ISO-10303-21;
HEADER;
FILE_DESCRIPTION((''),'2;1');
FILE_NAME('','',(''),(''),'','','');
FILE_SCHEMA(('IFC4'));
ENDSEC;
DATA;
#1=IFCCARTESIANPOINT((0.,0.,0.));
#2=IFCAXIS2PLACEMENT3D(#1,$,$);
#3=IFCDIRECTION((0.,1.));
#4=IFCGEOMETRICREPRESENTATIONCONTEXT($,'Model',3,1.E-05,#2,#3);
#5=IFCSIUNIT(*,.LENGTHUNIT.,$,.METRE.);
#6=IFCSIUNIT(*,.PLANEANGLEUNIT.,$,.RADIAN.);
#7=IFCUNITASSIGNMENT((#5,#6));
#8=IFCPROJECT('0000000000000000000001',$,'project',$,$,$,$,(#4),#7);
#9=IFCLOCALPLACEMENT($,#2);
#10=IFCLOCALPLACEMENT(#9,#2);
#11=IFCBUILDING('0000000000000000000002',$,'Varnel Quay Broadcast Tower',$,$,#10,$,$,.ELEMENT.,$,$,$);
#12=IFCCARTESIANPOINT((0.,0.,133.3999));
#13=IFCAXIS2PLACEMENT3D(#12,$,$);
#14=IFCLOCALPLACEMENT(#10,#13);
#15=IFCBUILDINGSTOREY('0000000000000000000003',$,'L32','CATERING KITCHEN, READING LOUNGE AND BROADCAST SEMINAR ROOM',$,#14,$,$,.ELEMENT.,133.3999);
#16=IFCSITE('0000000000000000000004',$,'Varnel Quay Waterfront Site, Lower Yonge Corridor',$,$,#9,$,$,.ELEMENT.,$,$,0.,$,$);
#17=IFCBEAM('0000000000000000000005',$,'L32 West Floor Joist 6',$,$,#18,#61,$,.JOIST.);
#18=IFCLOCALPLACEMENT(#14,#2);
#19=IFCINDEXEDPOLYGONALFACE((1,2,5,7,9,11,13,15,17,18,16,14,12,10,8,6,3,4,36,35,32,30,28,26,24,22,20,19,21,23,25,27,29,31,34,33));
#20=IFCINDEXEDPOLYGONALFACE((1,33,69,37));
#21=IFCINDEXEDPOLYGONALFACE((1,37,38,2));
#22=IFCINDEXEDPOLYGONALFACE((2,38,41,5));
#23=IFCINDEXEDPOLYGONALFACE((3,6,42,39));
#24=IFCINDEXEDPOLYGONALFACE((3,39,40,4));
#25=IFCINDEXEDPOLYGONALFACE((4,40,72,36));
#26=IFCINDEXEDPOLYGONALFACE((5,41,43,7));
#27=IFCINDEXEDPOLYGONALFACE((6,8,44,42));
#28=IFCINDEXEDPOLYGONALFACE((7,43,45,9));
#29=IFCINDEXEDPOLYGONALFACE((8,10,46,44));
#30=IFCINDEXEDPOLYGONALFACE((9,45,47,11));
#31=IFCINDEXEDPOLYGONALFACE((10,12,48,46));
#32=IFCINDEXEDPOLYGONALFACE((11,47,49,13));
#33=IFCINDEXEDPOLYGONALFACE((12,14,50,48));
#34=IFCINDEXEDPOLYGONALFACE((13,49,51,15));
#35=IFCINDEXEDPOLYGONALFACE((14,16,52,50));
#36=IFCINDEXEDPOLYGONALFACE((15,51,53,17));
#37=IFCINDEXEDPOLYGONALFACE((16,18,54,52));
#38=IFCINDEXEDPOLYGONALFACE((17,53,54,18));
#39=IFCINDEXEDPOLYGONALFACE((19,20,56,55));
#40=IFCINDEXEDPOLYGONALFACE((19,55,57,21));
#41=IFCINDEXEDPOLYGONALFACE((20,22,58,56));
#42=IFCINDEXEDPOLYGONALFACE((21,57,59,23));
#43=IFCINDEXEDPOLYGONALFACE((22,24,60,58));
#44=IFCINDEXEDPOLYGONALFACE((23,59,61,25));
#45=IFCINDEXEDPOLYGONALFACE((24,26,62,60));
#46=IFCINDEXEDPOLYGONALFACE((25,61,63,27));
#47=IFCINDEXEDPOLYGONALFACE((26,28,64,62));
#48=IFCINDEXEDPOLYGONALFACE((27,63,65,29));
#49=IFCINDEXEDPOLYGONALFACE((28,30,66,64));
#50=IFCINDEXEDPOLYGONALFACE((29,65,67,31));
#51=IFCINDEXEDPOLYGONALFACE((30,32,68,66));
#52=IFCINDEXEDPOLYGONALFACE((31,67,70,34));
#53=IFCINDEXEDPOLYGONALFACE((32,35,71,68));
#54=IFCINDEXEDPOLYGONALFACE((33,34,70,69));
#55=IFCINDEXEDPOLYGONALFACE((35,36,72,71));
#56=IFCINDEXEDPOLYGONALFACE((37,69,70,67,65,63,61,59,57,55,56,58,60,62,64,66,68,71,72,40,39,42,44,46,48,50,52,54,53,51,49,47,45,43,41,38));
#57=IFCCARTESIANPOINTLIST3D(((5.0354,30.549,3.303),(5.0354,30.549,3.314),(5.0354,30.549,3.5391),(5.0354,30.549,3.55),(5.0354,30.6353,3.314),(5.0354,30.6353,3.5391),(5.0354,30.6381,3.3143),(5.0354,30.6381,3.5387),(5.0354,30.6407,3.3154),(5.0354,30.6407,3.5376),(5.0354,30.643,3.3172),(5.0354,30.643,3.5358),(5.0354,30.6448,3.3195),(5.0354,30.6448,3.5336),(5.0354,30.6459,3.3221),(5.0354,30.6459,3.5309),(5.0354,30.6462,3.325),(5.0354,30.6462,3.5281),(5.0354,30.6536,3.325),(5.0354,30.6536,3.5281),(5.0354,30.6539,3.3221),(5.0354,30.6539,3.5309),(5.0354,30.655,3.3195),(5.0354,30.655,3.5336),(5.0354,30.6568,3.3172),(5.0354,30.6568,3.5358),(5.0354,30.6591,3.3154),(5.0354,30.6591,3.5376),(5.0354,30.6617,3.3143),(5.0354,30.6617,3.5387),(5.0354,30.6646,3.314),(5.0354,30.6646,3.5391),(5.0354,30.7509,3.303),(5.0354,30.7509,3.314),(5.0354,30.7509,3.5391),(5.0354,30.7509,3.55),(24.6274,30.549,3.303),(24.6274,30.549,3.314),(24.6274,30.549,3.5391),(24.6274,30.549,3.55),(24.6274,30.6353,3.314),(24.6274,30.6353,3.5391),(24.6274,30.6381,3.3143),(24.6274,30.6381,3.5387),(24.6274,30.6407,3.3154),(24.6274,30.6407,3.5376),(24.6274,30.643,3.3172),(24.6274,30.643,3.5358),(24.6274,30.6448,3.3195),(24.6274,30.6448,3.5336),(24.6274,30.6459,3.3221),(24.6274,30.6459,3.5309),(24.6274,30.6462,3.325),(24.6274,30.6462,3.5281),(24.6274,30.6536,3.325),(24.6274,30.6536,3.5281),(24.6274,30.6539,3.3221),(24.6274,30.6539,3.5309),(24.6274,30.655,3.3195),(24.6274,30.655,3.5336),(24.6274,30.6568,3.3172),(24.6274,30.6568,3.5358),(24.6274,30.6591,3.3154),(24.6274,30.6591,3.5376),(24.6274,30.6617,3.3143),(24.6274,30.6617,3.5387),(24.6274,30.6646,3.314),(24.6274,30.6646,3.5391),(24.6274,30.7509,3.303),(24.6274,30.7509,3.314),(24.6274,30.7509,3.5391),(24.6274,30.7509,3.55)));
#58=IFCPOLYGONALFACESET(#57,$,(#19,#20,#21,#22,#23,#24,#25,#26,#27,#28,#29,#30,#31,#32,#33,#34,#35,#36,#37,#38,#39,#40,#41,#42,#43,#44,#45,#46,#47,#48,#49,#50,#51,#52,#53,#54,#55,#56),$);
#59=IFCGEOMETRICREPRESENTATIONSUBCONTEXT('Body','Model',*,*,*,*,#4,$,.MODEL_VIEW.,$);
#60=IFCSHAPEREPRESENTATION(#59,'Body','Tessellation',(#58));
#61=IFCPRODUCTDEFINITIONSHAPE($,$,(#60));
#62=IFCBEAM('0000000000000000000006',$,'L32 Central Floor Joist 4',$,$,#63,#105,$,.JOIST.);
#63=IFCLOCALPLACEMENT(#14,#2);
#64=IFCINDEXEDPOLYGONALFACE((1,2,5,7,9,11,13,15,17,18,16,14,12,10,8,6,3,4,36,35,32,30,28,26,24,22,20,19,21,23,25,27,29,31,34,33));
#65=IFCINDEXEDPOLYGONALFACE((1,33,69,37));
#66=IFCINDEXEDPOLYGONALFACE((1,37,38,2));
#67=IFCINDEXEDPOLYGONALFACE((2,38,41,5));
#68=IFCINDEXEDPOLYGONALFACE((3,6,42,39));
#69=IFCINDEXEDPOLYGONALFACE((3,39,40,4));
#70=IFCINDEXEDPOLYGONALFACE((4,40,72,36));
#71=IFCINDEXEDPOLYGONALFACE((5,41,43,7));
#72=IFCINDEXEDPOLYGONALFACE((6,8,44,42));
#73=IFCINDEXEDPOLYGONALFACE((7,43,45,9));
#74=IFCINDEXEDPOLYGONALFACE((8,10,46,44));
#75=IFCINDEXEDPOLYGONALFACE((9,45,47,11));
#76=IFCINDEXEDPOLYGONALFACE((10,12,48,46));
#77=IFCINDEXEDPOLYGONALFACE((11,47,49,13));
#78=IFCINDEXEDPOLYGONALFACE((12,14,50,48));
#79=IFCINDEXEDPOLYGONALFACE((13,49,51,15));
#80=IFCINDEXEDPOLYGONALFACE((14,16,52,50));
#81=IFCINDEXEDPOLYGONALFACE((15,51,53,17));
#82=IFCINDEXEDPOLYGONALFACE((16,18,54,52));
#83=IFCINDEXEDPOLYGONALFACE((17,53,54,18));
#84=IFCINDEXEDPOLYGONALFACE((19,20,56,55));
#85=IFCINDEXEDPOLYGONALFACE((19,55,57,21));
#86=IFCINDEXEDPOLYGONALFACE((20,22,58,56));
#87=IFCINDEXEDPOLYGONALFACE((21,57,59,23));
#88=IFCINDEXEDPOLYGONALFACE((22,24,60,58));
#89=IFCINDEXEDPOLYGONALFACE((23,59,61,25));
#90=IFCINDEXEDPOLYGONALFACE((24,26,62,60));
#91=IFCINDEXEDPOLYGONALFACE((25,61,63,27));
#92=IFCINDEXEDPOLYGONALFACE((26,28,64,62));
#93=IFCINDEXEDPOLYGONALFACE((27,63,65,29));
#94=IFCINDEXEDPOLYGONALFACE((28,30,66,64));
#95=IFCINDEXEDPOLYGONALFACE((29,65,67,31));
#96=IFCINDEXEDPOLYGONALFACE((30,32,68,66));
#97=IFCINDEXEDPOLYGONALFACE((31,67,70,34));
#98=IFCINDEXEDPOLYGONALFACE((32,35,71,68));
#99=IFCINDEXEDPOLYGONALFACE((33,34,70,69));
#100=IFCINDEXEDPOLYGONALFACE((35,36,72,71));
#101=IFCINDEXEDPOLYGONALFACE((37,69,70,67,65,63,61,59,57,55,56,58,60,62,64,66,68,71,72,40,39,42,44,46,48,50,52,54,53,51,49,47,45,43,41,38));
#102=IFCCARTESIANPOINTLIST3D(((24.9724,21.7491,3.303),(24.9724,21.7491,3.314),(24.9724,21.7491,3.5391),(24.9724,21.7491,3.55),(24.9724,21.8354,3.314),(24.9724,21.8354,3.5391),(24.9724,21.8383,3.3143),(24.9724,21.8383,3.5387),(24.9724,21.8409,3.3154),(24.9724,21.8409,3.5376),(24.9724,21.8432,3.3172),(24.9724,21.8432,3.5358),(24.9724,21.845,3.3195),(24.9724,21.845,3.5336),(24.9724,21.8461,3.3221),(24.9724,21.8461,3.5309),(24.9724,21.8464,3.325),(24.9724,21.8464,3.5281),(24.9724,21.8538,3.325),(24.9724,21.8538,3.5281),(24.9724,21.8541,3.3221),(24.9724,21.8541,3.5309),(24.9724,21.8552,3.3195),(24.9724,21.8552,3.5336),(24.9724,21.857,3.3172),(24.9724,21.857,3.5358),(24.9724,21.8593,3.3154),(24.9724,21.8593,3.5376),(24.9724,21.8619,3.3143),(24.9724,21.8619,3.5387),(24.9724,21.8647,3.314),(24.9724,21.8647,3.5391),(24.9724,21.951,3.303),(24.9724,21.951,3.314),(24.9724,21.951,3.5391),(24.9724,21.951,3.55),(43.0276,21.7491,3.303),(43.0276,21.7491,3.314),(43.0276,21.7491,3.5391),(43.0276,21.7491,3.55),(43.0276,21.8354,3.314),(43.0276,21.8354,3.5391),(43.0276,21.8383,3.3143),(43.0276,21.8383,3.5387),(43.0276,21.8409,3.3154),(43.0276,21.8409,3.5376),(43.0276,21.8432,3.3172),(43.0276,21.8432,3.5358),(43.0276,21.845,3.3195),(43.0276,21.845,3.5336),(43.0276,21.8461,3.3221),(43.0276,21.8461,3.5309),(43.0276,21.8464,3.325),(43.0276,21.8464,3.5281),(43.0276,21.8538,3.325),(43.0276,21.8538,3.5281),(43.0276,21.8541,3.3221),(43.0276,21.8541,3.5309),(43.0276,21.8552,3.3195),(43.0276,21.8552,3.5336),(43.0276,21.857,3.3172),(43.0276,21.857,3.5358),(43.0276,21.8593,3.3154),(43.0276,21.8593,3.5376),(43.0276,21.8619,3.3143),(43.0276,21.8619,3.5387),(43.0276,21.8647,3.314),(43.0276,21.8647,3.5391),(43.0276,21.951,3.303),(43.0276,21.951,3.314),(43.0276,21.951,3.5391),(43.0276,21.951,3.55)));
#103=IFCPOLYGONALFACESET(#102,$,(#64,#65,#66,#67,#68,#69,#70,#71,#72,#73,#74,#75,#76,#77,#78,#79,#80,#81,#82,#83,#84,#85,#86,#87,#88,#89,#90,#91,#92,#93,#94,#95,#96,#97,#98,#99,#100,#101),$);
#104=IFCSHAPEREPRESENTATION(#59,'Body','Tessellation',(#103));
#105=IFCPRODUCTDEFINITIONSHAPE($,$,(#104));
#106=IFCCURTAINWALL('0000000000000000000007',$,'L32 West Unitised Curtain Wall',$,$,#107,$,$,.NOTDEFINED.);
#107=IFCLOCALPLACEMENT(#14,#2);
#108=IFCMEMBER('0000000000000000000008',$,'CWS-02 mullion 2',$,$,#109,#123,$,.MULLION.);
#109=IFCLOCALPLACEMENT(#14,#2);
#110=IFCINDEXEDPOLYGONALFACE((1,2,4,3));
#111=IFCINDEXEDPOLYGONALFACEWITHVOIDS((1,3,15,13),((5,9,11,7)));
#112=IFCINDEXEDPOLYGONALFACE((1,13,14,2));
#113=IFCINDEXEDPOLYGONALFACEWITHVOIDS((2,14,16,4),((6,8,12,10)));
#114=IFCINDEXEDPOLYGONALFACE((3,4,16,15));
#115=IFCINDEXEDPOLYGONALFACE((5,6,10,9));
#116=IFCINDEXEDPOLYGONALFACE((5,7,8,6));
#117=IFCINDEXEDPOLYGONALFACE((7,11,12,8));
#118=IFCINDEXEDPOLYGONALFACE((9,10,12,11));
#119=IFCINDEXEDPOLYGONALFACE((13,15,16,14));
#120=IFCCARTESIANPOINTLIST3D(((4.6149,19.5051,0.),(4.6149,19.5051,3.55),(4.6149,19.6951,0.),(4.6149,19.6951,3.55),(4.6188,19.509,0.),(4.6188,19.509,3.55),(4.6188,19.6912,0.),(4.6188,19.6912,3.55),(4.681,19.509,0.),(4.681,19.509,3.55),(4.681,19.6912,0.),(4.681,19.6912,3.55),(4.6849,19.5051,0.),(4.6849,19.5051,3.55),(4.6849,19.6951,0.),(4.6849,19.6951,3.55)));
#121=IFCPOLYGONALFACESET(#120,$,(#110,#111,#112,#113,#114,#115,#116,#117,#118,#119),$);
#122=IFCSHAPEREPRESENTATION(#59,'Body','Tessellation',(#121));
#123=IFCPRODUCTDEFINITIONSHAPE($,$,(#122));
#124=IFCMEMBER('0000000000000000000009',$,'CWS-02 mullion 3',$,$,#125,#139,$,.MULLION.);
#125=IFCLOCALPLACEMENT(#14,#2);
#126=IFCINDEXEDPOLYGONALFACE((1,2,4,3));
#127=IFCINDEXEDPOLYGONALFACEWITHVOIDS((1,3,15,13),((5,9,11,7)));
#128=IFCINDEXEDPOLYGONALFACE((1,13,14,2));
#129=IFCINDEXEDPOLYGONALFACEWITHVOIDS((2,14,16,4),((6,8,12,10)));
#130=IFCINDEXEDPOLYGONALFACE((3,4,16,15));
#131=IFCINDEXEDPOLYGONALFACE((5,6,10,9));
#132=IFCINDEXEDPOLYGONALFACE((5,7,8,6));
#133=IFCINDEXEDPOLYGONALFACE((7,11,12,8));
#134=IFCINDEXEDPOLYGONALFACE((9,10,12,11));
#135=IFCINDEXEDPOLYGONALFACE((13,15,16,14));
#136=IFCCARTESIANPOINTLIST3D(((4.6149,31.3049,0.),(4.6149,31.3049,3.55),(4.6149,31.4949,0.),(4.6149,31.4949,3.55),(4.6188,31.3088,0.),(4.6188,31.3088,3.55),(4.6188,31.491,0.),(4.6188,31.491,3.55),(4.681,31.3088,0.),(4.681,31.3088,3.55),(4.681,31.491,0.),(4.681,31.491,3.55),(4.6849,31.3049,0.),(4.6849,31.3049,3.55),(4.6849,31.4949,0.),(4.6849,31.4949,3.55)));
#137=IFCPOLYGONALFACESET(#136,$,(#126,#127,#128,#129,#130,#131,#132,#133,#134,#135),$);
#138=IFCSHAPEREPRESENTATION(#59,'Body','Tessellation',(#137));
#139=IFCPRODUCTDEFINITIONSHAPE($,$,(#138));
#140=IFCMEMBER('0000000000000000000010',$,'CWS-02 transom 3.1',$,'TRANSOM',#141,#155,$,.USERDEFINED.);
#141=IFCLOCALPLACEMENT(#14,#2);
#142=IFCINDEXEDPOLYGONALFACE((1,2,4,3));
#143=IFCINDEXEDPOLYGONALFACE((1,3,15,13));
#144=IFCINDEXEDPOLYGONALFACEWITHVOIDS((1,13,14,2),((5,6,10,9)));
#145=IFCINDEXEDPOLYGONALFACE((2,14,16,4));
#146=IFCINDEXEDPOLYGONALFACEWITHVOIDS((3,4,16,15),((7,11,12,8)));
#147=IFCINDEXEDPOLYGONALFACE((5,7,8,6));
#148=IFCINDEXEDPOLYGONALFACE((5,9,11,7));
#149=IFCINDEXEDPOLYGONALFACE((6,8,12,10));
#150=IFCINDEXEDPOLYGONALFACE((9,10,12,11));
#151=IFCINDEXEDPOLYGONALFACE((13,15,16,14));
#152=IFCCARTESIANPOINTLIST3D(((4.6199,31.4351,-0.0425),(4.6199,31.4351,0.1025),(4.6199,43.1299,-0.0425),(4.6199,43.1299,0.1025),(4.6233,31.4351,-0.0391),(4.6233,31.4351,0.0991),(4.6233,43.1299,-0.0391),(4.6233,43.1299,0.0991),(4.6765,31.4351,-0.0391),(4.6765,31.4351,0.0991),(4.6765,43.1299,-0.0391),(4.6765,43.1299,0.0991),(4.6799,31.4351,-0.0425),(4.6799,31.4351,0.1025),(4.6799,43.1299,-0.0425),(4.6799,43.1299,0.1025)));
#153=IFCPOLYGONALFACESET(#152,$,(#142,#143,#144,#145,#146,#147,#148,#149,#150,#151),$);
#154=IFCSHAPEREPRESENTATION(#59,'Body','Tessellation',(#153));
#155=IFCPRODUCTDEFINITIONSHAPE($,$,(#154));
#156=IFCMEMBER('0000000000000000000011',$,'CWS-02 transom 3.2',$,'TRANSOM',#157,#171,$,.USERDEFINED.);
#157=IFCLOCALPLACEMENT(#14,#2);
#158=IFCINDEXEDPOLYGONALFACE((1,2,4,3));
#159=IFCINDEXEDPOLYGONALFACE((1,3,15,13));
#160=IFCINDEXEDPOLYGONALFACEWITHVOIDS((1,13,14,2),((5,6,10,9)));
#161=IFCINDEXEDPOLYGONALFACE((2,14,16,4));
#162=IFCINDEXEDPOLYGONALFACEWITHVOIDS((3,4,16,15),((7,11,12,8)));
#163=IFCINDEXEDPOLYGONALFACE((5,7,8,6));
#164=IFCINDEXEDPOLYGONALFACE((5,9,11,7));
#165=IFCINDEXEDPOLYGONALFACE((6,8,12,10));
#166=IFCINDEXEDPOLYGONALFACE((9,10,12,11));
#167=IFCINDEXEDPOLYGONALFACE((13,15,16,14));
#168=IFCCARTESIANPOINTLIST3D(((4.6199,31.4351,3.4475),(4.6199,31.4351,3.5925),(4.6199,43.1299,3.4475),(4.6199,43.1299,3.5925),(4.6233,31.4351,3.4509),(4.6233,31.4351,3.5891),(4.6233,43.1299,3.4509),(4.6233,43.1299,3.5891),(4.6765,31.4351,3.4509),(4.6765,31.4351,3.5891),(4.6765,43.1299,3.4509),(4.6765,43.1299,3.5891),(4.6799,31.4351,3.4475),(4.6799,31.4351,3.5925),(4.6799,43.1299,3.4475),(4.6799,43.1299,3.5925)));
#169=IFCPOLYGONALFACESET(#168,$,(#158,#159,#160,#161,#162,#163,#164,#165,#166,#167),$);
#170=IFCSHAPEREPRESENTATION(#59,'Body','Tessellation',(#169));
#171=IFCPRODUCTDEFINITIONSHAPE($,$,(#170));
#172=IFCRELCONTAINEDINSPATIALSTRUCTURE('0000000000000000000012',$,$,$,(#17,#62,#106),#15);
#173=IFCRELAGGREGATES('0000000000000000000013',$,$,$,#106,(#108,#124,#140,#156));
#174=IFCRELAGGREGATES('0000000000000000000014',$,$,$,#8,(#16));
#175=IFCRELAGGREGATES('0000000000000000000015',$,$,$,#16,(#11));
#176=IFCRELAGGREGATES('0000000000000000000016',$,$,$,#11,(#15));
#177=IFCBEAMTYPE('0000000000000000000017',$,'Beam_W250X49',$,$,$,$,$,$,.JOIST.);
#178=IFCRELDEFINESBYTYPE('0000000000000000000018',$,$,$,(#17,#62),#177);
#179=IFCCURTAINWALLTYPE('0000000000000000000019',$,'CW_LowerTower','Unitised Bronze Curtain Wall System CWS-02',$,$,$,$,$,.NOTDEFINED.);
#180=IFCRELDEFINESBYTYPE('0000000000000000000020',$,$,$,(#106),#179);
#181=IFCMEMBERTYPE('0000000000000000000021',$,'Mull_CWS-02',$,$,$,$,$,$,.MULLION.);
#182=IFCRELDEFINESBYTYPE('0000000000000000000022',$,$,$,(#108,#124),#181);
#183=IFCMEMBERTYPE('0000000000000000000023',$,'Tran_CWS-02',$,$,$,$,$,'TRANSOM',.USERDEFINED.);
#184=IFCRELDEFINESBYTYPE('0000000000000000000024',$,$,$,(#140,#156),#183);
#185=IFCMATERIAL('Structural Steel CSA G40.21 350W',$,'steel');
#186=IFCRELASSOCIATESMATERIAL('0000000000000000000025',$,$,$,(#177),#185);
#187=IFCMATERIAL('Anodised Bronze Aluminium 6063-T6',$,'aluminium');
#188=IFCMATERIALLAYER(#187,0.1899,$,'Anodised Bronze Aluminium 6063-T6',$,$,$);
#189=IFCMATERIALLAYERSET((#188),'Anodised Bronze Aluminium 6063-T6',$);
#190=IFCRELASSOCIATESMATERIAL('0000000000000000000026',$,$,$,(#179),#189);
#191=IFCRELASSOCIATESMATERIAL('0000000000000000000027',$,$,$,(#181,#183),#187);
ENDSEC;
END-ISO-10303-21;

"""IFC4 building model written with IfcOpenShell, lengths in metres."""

from ifc_helpers import new_model, si_unit, direction, frame, origin, origin_2d, place, context, subcontext, project, spatial, hollow_rectangle, i_section, extrude, source, transform, mapped, material, layer, layer_set, material_profile, profile_set, type_object, type_shapes, element, aggregate, save


model = new_model("IFC4")

# Units and contexts
model_context = context("Model", 3, precision=1e-05, world=origin(), true_north=direction((0.0, 1.0)))
body_context = subcontext(model_context, "Body", "Model", "MODEL_VIEW")
ifc_project = project(units=[si_unit("LENGTHUNIT", "METRE"), si_unit("PLANEANGLEUNIT", "RADIAN")], contexts=[model_context])

# Site, building, storey
site_placement = place(None, origin())
site = spatial("IfcSite", under=ifc_project, at=site_placement, Name="Varnel Quay Waterfront Site, Lower Yonge Corridor", CompositionType="ELEMENT", RefElevation=0.0)
building_placement = place(site_placement, origin())
building = spatial("IfcBuilding", under=site, at=building_placement, Name="Varnel Quay Broadcast Tower", CompositionType="ELEMENT")
storey_placement = place(building_placement, frame((0.0, 0.0, 133.3999)))
storey = spatial("IfcBuildingStorey", under=building, at=storey_placement, Name="L32", Description="CATERING KITCHEN, READING LOUNGE AND BROADCAST SEMINAR ROOM", CompositionType="ELEMENT", Elevation=133.3999)

# Shared definitions
ifc_material_1 = material(Name="Structural Steel CSA G40.21 350W", Category="steel")

# Beams
ifc_material_profile_1 = material_profile(ifc_material_1, i_section(OverallWidth=0.2019, OverallDepth=0.2471, WebThickness=0.0073, FlangeThickness=0.011, FilletRadius=0.011, at=origin_2d()), Name="W250X49")
ifc_profile_set_1 = profile_set([ifc_material_profile_1], Name="Structural Steel CSA G40.21 350W")
beam_type_1 = type_object("IfcBeamType", Name="Beam_W250X49", PredefinedType="JOIST", material=ifc_profile_set_1)
shared_shape_1 = source(origin(), body_context, "Body", "SweptSolid", [
    extrude(i_section(OverallWidth=0.2019, OverallDepth=0.2471, WebThickness=0.0073, FlangeThickness=0.011, FilletRadius=0.011, at=origin_2d()), origin(), (0.0, 0.0, 1.0), 19.592),
])
for number, where, z_axis, x_axis, name in (
    (1, (5.0354, 30.6499, 3.4265), (1.0, 0.0, 0.0), (0.0, 1.0, 0.0), "L32 West Floor Joist 6"),
):
    element("IfcBeam", number, at=place(storey_placement, frame(where, z_axis=z_axis, x_axis=x_axis)), inside=storey, type_object=beam_type_1, Name=name, PredefinedType="JOIST", context=body_context, shape_type="MappedRepresentation", body=[
        mapped(shared_shape_1, transform((0.0, 0.0, 0.0), x_axis=(1.0, 0.0, 0.0), y_axis=(0.0, 1.0, 0.0), z_axis=(0.0, 0.0, 1.0), scale=1.0)),
    ])
shared_shape_2 = source(origin(), body_context, "Body", "SweptSolid", [
    extrude(i_section(OverallWidth=0.2019, OverallDepth=0.2471, WebThickness=0.0073, FlangeThickness=0.011, FilletRadius=0.011, at=origin_2d()), origin(), (0.0, 0.0, 1.0), 18.0552),
])
type_shapes(beam_type_1, [shared_shape_1, shared_shape_2])
beam_1_placement = place(storey_placement, frame((24.9724, 21.8501, 3.4265), z_axis=(1.0, 0.0, 0.0), x_axis=(0.0, 1.0, 0.0)))
element("IfcBeam", 2, at=beam_1_placement, inside=storey, type_object=beam_type_1, Name="L32 Central Floor Joist 4", PredefinedType="JOIST", context=body_context, shape_type="MappedRepresentation", body=[
    mapped(shared_shape_2, transform((0.0, 0.0, 0.0), x_axis=(1.0, 0.0, 0.0), y_axis=(0.0, 1.0, 0.0), z_axis=(0.0, 0.0, 1.0), scale=1.0)),
])

# Curtain wall, members
ifc_material_2 = material(Name="Anodised Bronze Aluminium 6063-T6", Category="aluminium")
ifc_layer_1 = layer(ifc_material_2, 0.1899, Name="Anodised Bronze Aluminium 6063-T6")
ifc_layer_set_1 = layer_set([ifc_layer_1], Name="Anodised Bronze Aluminium 6063-T6")
curtain_wall_type = type_object("IfcCurtainWallType", Name="CW_LowerTower", Description="Unitised Bronze Curtain Wall System CWS-02", PredefinedType="NOTDEFINED", material=ifc_layer_set_1)
curtain_wall_placement = place(storey_placement, origin())
curtain_wall = element("IfcCurtainWall", 3, at=curtain_wall_placement, inside=storey, type_object=curtain_wall_type, Name="L32 West Unitised Curtain Wall", PredefinedType="NOTDEFINED")
ifc_material_profile_2 = material_profile(ifc_material_2, hollow_rectangle(XDim=0.0701, YDim=0.1899, WallThickness=0.0039, at=origin_2d()), Name="ALU70X190X4")
ifc_profile_set_2 = profile_set([ifc_material_profile_2], Name="Anodised Bronze Aluminium 6063-T6")
member_type_1 = type_object("IfcMemberType", Name="Mull_CWS-02", PredefinedType="MULLION", material=ifc_profile_set_2)
shared_shape_3 = source(origin(), body_context, "Body", "SweptSolid", [
    extrude(hollow_rectangle(XDim=0.0701, YDim=0.1899, WallThickness=0.0039, at=origin_2d()), origin(), (0.0, 0.0, 1.0), 3.55),
])
type_shapes(member_type_1, [shared_shape_3])
member_1_placement = place(storey_placement, frame((4.6499, 19.6001, 0.0), z_axis=(0.0, 0.0, 1.0), x_axis=(-1.0, 0.0, 0.0)))
member_1 = element("IfcMember", 4, at=member_1_placement, type_object=member_type_1, Name="CWS-02 mullion 2", PredefinedType="MULLION", context=body_context, shape_type="MappedRepresentation", body=[
    mapped(shared_shape_3, transform((0.0, 0.0, 0.0), x_axis=(1.0, 0.0, 0.0), y_axis=(0.0, 1.0, 0.0), z_axis=(0.0, 0.0, 1.0), scale=1.0)),
])
member_2_placement = place(storey_placement, frame((4.6499, 31.3999, 0.0), z_axis=(0.0, 0.0, 1.0), x_axis=(-1.0, 0.0, 0.0)))
member_2 = element("IfcMember", 5, at=member_2_placement, type_object=member_type_1, Name="CWS-02 mullion 3", PredefinedType="MULLION", context=body_context, shape_type="MappedRepresentation", body=[
    mapped(shared_shape_3, transform((0.0, 0.0, 0.0), x_axis=(1.0, 0.0, 0.0), y_axis=(0.0, 1.0, 0.0), z_axis=(0.0, 0.0, 1.0), scale=1.0)),
])
ifc_material_profile_3 = material_profile(ifc_material_2, hollow_rectangle(XDim=0.0601, YDim=0.145, WallThickness=0.0034, at=origin_2d()), Name="ALU60X145X3.5")
ifc_profile_set_3 = profile_set([ifc_material_profile_3], Name="Anodised Bronze Aluminium 6063-T6")
member_type_2 = type_object("IfcMemberType", Name="Tran_CWS-02", ElementType="TRANSOM", PredefinedType="USERDEFINED", material=ifc_profile_set_3)
shared_shape_4 = source(origin(), body_context, "Body", "SweptSolid", [
    extrude(hollow_rectangle(XDim=0.0601, YDim=0.145, WallThickness=0.0034, at=origin_2d()), origin(), (0.0, 0.0, 1.0), 11.6948),
])
member_3_placement = place(storey_placement, frame((4.6499, 31.4351, 0.03), z_axis=(0.0, 1.0, 0.0), x_axis=(-1.0, 0.0, 0.0)))
member_3 = element("IfcMember", 6, at=member_3_placement, type_object=member_type_2, Name="CWS-02 transom 3.1", ObjectType="TRANSOM", PredefinedType="USERDEFINED", context=body_context, shape_type="MappedRepresentation", body=[
    mapped(shared_shape_4, transform((0.0, 0.0, 0.0), x_axis=(1.0, 0.0, 0.0), y_axis=(0.0, 1.0, 0.0), z_axis=(0.0, 0.0, 1.0), scale=1.0)),
])
member_4_placement = place(storey_placement, frame((4.6499, 31.4351, 3.52), z_axis=(0.0, 1.0, 0.0), x_axis=(-1.0, 0.0, 0.0)))
member_4 = element("IfcMember", 7, at=member_4_placement, type_object=member_type_2, Name="CWS-02 transom 3.2", ObjectType="TRANSOM", PredefinedType="USERDEFINED", context=body_context, shape_type="MappedRepresentation", body=[
    mapped(shared_shape_4, transform((0.0, 0.0, 0.0), x_axis=(1.0, 0.0, 0.0), y_axis=(0.0, 1.0, 0.0), z_axis=(0.0, 0.0, 1.0), scale=1.0)),
])
aggregate(curtain_wall, [member_1, member_2, member_3, member_4])

save(model, "model.ifc")
